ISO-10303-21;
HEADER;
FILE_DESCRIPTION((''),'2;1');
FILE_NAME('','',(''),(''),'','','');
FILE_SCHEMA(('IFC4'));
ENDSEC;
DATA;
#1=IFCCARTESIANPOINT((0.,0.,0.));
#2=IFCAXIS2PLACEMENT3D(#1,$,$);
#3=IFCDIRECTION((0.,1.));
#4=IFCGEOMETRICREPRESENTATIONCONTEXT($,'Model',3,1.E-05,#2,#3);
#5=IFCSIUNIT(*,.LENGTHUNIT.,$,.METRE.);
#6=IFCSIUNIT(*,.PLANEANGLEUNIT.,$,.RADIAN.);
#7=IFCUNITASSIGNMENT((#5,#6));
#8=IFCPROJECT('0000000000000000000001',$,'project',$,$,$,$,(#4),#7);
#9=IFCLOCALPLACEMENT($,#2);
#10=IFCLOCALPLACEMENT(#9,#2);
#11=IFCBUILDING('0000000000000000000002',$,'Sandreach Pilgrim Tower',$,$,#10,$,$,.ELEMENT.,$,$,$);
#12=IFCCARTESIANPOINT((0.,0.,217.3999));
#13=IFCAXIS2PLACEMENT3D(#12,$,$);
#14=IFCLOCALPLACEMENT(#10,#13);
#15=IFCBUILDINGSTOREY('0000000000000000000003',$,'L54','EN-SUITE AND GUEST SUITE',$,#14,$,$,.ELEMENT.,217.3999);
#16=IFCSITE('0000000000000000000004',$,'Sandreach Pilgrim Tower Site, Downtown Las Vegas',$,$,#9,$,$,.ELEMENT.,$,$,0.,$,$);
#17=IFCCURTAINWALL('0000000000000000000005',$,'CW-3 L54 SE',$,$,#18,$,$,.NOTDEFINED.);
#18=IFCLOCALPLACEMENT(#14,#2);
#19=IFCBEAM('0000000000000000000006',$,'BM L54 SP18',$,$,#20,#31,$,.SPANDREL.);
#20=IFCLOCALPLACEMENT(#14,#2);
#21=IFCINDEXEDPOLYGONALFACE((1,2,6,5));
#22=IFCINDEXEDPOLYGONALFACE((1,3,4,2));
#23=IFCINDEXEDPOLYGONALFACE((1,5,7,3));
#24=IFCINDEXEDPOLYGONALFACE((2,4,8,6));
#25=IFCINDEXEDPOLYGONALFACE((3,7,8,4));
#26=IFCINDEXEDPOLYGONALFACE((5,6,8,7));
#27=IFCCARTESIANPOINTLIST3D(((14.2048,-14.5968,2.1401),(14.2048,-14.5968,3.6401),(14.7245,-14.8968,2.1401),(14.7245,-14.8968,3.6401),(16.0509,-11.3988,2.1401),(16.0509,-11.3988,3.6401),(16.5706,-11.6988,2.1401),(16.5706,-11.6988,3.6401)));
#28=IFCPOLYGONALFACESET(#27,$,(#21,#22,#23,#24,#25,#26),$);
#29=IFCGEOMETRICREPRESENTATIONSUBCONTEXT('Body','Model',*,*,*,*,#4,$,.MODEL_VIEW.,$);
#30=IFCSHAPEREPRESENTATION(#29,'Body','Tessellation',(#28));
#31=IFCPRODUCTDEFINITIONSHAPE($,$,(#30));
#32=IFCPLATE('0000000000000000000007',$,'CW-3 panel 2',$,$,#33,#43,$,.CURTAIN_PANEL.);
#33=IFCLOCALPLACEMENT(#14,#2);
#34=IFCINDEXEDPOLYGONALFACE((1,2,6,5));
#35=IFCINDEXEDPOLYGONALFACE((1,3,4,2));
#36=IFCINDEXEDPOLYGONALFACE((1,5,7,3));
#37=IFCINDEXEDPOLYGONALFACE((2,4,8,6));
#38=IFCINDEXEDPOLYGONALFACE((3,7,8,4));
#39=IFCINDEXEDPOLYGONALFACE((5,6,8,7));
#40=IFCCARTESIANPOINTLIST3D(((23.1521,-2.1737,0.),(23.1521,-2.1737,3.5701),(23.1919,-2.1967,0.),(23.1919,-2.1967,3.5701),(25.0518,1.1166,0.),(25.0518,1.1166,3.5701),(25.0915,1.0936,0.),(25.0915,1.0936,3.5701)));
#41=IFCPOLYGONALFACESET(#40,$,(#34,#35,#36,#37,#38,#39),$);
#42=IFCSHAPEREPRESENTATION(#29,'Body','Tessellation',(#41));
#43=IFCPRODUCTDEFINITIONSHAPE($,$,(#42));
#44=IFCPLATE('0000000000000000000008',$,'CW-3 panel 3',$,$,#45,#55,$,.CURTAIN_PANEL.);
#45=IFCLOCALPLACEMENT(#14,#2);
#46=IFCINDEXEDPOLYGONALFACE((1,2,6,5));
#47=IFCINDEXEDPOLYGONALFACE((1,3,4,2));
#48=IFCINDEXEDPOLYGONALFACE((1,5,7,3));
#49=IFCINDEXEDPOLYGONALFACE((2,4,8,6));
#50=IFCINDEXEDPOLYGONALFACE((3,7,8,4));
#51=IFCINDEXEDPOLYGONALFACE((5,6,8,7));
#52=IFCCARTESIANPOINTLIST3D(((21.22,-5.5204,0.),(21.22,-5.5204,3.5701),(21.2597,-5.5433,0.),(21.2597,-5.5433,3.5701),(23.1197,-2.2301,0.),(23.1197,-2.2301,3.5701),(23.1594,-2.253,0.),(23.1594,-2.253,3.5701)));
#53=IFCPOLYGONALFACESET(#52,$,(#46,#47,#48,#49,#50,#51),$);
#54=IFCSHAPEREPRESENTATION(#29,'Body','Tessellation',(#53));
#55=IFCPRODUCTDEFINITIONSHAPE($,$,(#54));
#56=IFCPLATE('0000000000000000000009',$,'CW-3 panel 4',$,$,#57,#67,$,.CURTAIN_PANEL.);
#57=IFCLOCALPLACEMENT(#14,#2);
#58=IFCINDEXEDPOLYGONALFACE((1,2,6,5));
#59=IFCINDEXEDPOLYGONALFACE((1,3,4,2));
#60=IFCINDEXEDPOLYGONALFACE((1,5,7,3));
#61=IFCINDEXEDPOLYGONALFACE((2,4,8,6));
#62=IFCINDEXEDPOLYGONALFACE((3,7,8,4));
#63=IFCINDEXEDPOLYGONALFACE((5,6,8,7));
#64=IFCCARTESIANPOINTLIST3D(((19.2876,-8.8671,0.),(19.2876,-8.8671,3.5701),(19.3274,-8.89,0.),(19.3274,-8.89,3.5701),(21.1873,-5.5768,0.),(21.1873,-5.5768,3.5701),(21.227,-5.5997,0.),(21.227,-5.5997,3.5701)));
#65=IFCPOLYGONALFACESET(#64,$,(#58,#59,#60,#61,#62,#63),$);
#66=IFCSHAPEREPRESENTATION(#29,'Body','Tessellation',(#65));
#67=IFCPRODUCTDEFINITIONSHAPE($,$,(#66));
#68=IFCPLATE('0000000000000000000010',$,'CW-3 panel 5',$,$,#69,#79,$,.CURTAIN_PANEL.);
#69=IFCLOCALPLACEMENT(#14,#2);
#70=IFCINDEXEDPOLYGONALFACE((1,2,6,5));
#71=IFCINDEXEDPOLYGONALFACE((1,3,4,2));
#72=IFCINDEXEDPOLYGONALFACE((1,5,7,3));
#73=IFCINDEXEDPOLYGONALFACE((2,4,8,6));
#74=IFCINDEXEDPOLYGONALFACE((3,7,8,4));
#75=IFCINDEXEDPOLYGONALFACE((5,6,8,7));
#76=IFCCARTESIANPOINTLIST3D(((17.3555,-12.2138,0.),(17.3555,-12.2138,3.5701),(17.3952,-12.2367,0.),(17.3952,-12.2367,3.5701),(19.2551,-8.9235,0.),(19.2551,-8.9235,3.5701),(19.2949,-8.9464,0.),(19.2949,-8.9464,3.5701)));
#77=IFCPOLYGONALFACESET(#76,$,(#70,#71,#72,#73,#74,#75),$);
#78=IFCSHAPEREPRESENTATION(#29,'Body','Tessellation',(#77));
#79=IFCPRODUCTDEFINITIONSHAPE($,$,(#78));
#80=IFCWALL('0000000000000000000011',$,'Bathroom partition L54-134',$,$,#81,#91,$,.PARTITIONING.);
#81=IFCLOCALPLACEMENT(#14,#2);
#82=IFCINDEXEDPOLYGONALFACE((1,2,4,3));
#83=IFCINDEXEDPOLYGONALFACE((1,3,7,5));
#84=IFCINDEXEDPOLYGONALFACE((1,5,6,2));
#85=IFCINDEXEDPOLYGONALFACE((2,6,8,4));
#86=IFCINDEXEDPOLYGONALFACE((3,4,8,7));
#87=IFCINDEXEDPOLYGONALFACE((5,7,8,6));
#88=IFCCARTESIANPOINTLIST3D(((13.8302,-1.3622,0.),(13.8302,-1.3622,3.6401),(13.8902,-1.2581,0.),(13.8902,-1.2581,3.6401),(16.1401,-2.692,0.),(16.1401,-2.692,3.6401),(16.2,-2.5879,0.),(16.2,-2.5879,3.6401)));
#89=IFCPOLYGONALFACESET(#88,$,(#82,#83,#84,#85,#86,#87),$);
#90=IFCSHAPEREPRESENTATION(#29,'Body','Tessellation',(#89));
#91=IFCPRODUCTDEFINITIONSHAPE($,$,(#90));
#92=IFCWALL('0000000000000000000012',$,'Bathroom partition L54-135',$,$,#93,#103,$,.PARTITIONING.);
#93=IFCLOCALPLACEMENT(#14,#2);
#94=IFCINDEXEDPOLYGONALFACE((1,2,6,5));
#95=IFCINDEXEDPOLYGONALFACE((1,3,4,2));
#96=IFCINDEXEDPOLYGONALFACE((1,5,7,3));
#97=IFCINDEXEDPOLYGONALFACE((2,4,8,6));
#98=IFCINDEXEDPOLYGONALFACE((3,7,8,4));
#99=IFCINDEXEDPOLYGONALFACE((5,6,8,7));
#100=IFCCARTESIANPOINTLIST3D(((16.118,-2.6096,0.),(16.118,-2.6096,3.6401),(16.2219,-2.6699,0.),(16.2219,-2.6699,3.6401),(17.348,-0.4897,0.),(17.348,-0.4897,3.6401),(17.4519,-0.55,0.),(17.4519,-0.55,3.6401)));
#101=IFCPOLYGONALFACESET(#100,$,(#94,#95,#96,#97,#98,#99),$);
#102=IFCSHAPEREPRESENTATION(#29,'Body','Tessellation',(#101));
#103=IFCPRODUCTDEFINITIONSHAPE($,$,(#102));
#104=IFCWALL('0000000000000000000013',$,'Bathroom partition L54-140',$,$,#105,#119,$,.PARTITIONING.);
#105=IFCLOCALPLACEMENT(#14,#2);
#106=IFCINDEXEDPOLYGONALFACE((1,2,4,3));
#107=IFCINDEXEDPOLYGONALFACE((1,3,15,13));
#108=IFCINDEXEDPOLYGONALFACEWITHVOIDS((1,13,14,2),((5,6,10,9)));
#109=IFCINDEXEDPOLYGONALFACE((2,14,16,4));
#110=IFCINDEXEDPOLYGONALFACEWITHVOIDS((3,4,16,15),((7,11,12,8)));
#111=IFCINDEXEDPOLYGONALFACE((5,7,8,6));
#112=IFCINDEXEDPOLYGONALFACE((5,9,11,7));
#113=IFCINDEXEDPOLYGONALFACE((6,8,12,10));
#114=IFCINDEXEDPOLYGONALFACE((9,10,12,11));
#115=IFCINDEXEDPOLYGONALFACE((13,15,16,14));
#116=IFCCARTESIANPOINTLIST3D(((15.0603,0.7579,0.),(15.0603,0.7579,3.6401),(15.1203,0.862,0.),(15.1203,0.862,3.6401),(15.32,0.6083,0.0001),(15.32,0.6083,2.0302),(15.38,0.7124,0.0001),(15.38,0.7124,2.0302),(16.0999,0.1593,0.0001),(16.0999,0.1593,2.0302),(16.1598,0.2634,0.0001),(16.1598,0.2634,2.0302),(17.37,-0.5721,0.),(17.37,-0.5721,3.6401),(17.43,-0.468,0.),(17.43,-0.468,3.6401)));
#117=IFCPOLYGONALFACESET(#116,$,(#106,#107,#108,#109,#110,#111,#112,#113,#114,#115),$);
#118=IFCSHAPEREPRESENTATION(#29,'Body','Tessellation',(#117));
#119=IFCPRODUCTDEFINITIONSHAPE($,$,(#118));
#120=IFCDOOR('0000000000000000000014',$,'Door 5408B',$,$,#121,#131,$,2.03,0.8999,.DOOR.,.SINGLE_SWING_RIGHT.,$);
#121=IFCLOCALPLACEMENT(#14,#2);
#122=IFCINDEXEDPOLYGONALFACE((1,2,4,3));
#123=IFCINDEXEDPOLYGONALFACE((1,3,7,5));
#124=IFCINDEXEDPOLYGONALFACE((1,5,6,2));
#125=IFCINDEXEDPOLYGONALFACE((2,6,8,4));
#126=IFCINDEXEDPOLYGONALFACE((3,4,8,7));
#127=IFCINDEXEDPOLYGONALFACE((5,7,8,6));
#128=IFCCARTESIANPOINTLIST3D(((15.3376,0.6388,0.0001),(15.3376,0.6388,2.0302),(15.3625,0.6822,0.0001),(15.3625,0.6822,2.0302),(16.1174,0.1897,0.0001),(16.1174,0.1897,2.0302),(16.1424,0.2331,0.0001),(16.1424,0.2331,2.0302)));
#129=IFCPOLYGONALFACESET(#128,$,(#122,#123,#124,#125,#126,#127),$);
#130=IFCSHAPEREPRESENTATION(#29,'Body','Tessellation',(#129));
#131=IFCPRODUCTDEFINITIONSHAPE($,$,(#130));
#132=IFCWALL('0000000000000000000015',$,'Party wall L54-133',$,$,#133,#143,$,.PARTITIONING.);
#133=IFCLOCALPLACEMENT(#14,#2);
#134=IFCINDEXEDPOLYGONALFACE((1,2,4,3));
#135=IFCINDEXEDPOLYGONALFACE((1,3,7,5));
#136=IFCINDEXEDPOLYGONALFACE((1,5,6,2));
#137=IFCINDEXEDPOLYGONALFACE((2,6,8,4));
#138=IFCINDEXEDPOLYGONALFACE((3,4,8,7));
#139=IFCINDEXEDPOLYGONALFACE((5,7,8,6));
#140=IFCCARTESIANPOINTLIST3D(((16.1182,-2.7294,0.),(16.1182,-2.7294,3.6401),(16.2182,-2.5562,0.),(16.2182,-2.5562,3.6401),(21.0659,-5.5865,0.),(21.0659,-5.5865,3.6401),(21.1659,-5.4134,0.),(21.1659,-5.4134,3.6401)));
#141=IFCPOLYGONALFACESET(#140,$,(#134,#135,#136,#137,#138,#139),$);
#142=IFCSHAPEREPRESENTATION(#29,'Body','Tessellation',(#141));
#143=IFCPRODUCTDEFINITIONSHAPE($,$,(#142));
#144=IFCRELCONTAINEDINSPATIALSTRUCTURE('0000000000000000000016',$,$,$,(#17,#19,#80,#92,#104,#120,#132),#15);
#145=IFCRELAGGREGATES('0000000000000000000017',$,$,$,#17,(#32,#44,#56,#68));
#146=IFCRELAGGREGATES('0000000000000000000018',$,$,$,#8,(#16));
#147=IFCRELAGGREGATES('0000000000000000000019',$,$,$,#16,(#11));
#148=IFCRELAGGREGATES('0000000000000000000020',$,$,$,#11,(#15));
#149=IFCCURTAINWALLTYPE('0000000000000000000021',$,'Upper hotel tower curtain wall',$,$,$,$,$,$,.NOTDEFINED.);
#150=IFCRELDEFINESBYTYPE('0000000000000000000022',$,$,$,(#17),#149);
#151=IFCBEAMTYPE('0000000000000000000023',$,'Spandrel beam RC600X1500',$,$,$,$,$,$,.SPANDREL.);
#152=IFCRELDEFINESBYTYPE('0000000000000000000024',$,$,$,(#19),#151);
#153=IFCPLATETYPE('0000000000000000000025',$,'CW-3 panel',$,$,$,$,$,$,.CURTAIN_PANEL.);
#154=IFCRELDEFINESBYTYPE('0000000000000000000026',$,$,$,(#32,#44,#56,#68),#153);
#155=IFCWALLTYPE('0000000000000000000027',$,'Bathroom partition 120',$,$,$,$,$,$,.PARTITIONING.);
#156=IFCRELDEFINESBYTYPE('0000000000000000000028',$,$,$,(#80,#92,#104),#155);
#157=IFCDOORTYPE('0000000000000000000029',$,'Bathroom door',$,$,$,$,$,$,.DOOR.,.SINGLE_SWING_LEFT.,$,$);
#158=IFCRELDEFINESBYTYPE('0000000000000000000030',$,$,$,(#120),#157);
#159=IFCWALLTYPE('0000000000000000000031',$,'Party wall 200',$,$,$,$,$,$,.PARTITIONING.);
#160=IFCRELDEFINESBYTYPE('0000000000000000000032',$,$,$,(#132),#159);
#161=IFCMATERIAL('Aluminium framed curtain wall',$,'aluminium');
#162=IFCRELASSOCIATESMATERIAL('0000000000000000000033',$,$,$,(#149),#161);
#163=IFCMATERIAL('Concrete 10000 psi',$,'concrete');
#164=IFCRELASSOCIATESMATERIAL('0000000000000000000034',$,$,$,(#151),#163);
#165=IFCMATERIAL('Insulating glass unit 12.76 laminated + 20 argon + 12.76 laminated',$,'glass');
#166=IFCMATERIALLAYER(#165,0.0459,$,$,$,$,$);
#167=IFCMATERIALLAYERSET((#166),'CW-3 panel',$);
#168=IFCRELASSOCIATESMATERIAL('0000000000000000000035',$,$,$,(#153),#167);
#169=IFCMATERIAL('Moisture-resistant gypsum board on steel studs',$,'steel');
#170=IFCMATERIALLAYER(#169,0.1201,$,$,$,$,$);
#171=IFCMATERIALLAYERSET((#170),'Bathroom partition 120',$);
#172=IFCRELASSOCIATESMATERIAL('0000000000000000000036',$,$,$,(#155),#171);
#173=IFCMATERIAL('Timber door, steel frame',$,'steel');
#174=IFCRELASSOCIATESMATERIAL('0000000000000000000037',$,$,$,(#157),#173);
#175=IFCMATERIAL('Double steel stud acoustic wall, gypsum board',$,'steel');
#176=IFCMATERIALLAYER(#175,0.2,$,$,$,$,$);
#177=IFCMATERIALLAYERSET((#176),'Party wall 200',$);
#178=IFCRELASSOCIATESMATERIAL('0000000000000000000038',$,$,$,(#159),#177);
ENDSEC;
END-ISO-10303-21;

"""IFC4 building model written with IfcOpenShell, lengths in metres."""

from ifc_helpers import new_model, si_unit, direction, frame, frame_2d, origin, origin_2d, place, context, subcontext, project, spatial, rectangle, extrude, material, layer, layer_set, material_profile, profile_set, type_object, element, fill, aggregate, save


model = new_model("IFC4")

# Units and contexts
model_context = context("Model", 3, precision=1e-05, world=origin(), true_north=direction((0.0, 1.0)))
body_context = subcontext(model_context, "Body", "Model", "MODEL_VIEW")
ifc_project = project(units=[si_unit("LENGTHUNIT", "METRE"), si_unit("PLANEANGLEUNIT", "RADIAN")], contexts=[model_context])

# Site, building, storey
site_placement = place(None, origin())
site = spatial("IfcSite", under=ifc_project, at=site_placement, Name="Sandreach Pilgrim Tower Site, Downtown Las Vegas", CompositionType="ELEMENT", RefElevation=0.0)
building_placement = place(site_placement, origin())
building = spatial("IfcBuilding", under=site, at=building_placement, Name="Sandreach Pilgrim Tower", CompositionType="ELEMENT")
storey_placement = place(building_placement, frame((0.0, 0.0, 217.3999)))
storey = spatial("IfcBuildingStorey", under=building, at=storey_placement, Name="L54", Description="EN-SUITE AND GUEST SUITE", CompositionType="ELEMENT", Elevation=217.3999)

# Curtain wall
ifc_material_1 = material(Name="Aluminium framed curtain wall", Category="aluminium")
curtain_wall_type = type_object("IfcCurtainWallType", Name="Upper hotel tower curtain wall", PredefinedType="NOTDEFINED", material=ifc_material_1)
curtain_wall_placement = place(storey_placement, origin())
curtain_wall = element("IfcCurtainWall", 1, at=curtain_wall_placement, inside=storey, type_object=curtain_wall_type, Name="CW-3 L54 SE", PredefinedType="NOTDEFINED")

# Beam
ifc_material_2 = material(Name="Concrete 10000 psi", Category="concrete")
ifc_material_profile_1 = material_profile(ifc_material_2, rectangle(XDim=0.6001, YDim=1.5, at=origin_2d()), Name="RC600X1500")
ifc_profile_set_1 = profile_set([ifc_material_profile_1], Name="Concrete 10000 psi")
beam_type_1 = type_object("IfcBeamType", Name="Spandrel beam RC600X1500", PredefinedType="SPANDREL", material=ifc_profile_set_1)
for number, where, z_axis, x_axis, name in (
    (2, (16.3108, -11.5488, 2.8901), (-0.499965, -0.866046, 0.0), (0.866046, -0.499965, 0.0), "BM L54 SP18"),
):
    element("IfcBeam", number, at=place(storey_placement, frame(where, z_axis=z_axis, x_axis=x_axis)), inside=storey, type_object=beam_type_1, Name=name, PredefinedType="SPANDREL", context=body_context, shape_type="SweptSolid", body=[
        extrude(rectangle(XDim=0.6001, YDim=1.5, at=origin_2d()), origin(), (0.0, 0.0, 1.0), 3.6926),
    ])

# Plates
ifc_material_3 = material(Name="Insulating glass unit 12.76 laminated + 20 argon + 12.76 laminated", Category="glass")
ifc_layer_1 = layer(ifc_material_3, 0.0459)
ifc_layer_set_1 = layer_set([ifc_layer_1], Name="CW-3 panel")
plate_type = type_object("IfcPlateType", Name="CW-3 panel", PredefinedType="CURTAIN_PANEL", material=ifc_layer_set_1)
plate_1_placement = place(storey_placement, frame((24.1218, -0.54, 0.0), z_axis=(0.0, 0.0, 1.0), x_axis=(-0.5, -0.866025, 0.0)))
plate_1 = element("IfcPlate", 3, at=plate_1_placement, type_object=plate_type, Name="CW-3 panel 2", PredefinedType="CURTAIN_PANEL", context=body_context, shape_type="SweptSolid", body=[
    extrude(rectangle(XDim=3.7993, YDim=0.0459, at=origin_2d()), origin(), (0.0, 0.0, 1.0), 3.5701),
])
plate_2_placement = place(storey_placement, frame((22.1897, -3.8867, 0.0), z_axis=(0.0, 0.0, 1.0), x_axis=(-0.5, -0.866025, 0.0)))
plate_2 = element("IfcPlate", 4, at=plate_2_placement, type_object=plate_type, Name="CW-3 panel 3", PredefinedType="CURTAIN_PANEL", context=body_context, shape_type="SweptSolid", body=[
    extrude(rectangle(XDim=3.7993, YDim=0.0459, at=origin_2d()), origin(), (0.0, 0.0, 1.0), 3.5701),
])
plate_3_placement = place(storey_placement, frame((20.2573, -7.2334, 0.0), z_axis=(0.0, 0.0, 1.0), x_axis=(-0.5, -0.866025, 0.0)))
plate_3 = element("IfcPlate", 5, at=plate_3_placement, type_object=plate_type, Name="CW-3 panel 4", PredefinedType="CURTAIN_PANEL", context=body_context, shape_type="SweptSolid", body=[
    extrude(rectangle(XDim=3.7993, YDim=0.0459, at=origin_2d()), origin(), (0.0, 0.0, 1.0), 3.5701),
])
plate_4_placement = place(storey_placement, frame((18.3252, -10.5801, 0.0), z_axis=(0.0, 0.0, 1.0), x_axis=(-0.5, -0.866025, 0.0)))
plate_4 = element("IfcPlate", 6, at=plate_4_placement, type_object=plate_type, Name="CW-3 panel 5", PredefinedType="CURTAIN_PANEL", context=body_context, shape_type="SweptSolid", body=[
    extrude(rectangle(XDim=3.7993, YDim=0.0459, at=origin_2d()), origin(), (0.0, 0.0, 1.0), 3.5701),
])
aggregate(curtain_wall, [plate_1, plate_2, plate_3, plate_4])

# Walls
ifc_material_4 = material(Name="Moisture-resistant gypsum board on steel studs", Category="steel")
ifc_layer_2 = layer(ifc_material_4, 0.1201)
ifc_layer_set_2 = layer_set([ifc_layer_2], Name="Bathroom partition 120")
wall_type_1 = type_object("IfcWallType", Name="Bathroom partition 120", PredefinedType="PARTITIONING", material=ifc_layer_set_2)
wall_1_placement = place(storey_placement, frame((16.1699, -2.6399, 0.0), z_axis=(0.0, 0.0, 1.0), x_axis=(-0.866632, 0.498948, 0.0)))
element("IfcWall", 7, at=wall_1_placement, inside=storey, type_object=wall_type_1, Name="Bathroom partition L54-134", PredefinedType="PARTITIONING", context=body_context, shape_type="SweptSolid", body=[
    extrude(rectangle(XDim=2.6653, YDim=0.1201, at=frame_2d((1.3325, 0.0))), origin(), (0.0, 0.0, 1.0), 3.6401),
])
wall_2_placement = place(storey_placement, frame((16.1699, -2.6399, 0.0), z_axis=(0.0, 0.0, 1.0), x_axis=(0.501857, 0.864951, 0.0)))
element("IfcWall", 8, at=wall_2_placement, inside=storey, type_object=wall_type_1, Name="Bathroom partition L54-135", PredefinedType="PARTITIONING", context=body_context, shape_type="SweptSolid", body=[
    extrude(rectangle(XDim=2.4509, YDim=0.1201, at=frame_2d((1.2256, 0.0))), origin(), (0.0, 0.0, 1.0), 3.6401),
])

# Wall, opening, door
wall_3_placement = place(storey_placement, frame((17.3999, -0.52, 0.0), z_axis=(0.0, 0.0, 1.0), x_axis=(-0.866592, 0.499017, 0.0)))
wall_3 = element("IfcWall", 9, at=wall_3_placement, inside=storey, type_object=wall_type_1, Name="Bathroom partition L54-140", PredefinedType="PARTITIONING", context=body_context, shape_type="SweptSolid", body=[
    extrude(rectangle(XDim=2.6653, YDim=0.1201, at=frame_2d((1.3325, 0.0))), origin(), (0.0, 0.0, 1.0), 3.6401),
])
opening_placement = place(wall_3_placement, frame((1.4656, 0.0, 0.0)))
opening = element("IfcOpeningElement", 10, at=opening_placement, cuts=wall_3, PredefinedType="OPENING", context=body_context, shape_type="SweptSolid", body=[
    extrude(rectangle(XDim=0.8999, YDim=2.03, at=frame_2d((0.45, 1.0151))), frame((0.0, 0.0601, 0.0), z_axis=(0.0, -1.0, 0.0), x_axis=(1.0, 0.0, 0.0)), (0.0, 0.0, 1.0), 0.1201),
])
ifc_material_5 = material(Name="Timber door, steel frame", Category="steel")
door_type = type_object("IfcDoorType", Name="Bathroom door", OperationType="SINGLE_SWING_LEFT", PredefinedType="DOOR", material=ifc_material_5)
door_placement = place(opening_placement, origin())
door = element("IfcDoor", 11, at=door_placement, inside=storey, type_object=door_type, Name="Door 5408B", OperationType="SINGLE_SWING_RIGHT", OverallHeight=2.03, OverallWidth=0.8999, PredefinedType="DOOR", context=body_context, shape_type="SweptSolid", body=[
    extrude(rectangle(XDim=0.8999, YDim=2.03, at=frame_2d((0.45, 1.0151))), frame((0.0, 0.0249, 0.0), z_axis=(0.0, -1.0, 0.0), x_axis=(1.0, 0.0, 0.0)), (0.0, 0.0, 1.0), 0.05),
])
fill(opening, door)

# Wall
ifc_material_6 = material(Name="Double steel stud acoustic wall, gypsum board", Category="steel")
ifc_layer_3 = layer(ifc_material_6, 0.2)
ifc_layer_set_3 = layer_set([ifc_layer_3], Name="Party wall 200")
wall_type_2 = type_object("IfcWallType", Name="Party wall 200", PredefinedType="PARTITIONING", material=ifc_layer_set_3)
wall_4_placement = place(storey_placement, frame((16.1682, -2.6428, 0.0), z_axis=(0.0, 0.0, 1.0), x_axis=(0.865981, -0.500078, 0.0)))
element("IfcWall", 12, at=wall_4_placement, inside=storey, type_object=wall_type_2, Name="Party wall L54-133", PredefinedType="PARTITIONING", context=body_context, shape_type="SweptSolid", body=[
    extrude(rectangle(XDim=5.7134, YDim=0.2, at=frame_2d((2.8567, 0.0))), origin(), (0.0, 0.0, 1.0), 3.6401),
])

save(model, "model.ifc")
